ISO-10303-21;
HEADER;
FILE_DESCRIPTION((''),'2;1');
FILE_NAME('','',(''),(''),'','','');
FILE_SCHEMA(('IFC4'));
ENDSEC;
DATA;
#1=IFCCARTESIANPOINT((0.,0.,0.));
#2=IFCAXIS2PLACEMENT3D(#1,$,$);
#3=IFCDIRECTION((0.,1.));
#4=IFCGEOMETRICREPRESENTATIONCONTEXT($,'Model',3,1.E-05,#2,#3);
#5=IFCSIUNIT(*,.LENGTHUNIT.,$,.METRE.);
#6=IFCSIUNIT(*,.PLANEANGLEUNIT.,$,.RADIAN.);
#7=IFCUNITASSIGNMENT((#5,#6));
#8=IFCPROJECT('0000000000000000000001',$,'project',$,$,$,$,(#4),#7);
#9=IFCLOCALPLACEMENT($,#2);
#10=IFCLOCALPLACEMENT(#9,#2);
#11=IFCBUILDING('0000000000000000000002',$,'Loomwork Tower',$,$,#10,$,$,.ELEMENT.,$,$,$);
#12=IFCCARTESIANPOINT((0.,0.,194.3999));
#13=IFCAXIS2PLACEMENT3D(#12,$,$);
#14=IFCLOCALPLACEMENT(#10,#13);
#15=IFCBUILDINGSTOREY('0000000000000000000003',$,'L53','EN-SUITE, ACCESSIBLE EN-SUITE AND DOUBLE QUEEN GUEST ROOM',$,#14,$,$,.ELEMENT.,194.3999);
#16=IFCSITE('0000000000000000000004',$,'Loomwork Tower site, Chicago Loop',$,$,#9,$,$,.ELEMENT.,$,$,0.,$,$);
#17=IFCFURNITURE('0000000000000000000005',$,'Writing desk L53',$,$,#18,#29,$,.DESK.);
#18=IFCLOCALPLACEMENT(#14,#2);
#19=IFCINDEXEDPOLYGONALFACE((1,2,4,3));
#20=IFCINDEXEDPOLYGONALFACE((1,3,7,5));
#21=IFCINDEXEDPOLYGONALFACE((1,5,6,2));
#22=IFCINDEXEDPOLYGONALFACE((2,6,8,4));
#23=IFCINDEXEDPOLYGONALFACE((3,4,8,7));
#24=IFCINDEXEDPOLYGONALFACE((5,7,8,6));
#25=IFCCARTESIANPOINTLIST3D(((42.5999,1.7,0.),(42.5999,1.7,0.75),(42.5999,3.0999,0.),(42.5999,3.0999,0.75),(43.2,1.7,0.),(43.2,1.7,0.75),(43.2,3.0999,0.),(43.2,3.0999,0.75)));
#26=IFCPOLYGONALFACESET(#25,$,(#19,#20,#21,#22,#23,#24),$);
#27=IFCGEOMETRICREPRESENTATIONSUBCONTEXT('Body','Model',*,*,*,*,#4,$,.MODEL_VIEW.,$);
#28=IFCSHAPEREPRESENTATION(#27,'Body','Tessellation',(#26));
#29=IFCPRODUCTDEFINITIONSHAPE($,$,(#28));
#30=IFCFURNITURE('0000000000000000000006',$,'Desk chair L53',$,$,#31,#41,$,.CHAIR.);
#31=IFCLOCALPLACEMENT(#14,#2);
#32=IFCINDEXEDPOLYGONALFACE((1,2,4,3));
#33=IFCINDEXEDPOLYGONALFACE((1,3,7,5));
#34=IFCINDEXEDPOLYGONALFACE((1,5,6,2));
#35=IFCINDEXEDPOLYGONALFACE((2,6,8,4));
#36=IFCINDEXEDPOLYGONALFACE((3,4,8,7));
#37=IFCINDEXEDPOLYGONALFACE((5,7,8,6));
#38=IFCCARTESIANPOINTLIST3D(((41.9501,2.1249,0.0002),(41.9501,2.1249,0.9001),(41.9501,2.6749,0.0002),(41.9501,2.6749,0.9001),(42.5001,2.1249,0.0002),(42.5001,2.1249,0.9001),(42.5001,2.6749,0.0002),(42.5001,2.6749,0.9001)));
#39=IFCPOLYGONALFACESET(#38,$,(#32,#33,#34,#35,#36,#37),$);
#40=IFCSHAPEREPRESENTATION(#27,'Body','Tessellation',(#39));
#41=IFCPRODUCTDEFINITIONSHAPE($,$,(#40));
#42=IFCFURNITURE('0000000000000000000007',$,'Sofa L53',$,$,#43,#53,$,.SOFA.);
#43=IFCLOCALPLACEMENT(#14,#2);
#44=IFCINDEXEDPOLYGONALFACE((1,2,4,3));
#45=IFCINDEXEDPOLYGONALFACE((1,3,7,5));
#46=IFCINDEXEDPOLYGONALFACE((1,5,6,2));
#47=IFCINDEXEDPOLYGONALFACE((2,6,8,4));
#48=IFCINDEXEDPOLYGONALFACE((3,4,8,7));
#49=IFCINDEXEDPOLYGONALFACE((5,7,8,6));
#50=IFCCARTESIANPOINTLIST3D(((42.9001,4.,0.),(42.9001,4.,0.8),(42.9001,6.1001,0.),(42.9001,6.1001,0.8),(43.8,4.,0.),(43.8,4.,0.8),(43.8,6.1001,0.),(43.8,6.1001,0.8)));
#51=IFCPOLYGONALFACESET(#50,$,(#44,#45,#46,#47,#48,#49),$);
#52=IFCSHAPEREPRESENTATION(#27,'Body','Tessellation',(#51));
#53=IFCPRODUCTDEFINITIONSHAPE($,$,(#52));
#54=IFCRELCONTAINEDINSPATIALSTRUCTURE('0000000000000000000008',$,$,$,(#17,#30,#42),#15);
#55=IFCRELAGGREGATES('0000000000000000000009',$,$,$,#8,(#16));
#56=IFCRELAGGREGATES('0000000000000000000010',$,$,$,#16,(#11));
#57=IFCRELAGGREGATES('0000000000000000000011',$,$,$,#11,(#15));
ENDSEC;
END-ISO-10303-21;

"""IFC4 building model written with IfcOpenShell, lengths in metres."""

from ifc_helpers import new_model, si_unit, direction, frame, origin, origin_2d, place, context, subcontext, project, spatial, rectangle, extrude, element, save


model = new_model("IFC4")

# Units and contexts
model_context = context("Model", 3, precision=1e-05, world=origin(), true_north=direction((0.0, 1.0)))
body_context = subcontext(model_context, "Body", "Model", "MODEL_VIEW")
ifc_project = project(units=[si_unit("LENGTHUNIT", "METRE"), si_unit("PLANEANGLEUNIT", "RADIAN")], contexts=[model_context])

# Site, building, storey
site_placement = place(None, origin())
site = spatial("IfcSite", under=ifc_project, at=site_placement, Name="Loomwork Tower site, Chicago Loop", CompositionType="ELEMENT", RefElevation=0.0)
building_placement = place(site_placement, origin())
building = spatial("IfcBuilding", under=site, at=building_placement, Name="Loomwork Tower", CompositionType="ELEMENT")
storey_placement = place(building_placement, frame((0.0, 0.0, 194.3999)))
storey = spatial("IfcBuildingStorey", under=building, at=storey_placement, Name="L53", Description="EN-SUITE, ACCESSIBLE EN-SUITE AND DOUBLE QUEEN GUEST ROOM", CompositionType="ELEMENT", Elevation=194.3999)

# Furniture
furniture_1_placement = place(storey_placement, frame((42.8999, 2.3999, 0.0), z_axis=(0.0, 0.0, 1.0), x_axis=(1.0, 0.0, 0.0)))
element("IfcFurniture", 1, at=furniture_1_placement, inside=storey, Name="Writing desk L53", PredefinedType="DESK", context=body_context, shape_type="SweptSolid", body=[
    extrude(rectangle(XDim=0.6001, YDim=1.3999, at=origin_2d()), origin(), (0.0, 0.0, 1.0), 0.75),
])
furniture_2_placement = place(storey_placement, frame((42.2251, 2.3999, 0.0002), z_axis=(0.0, 0.0, 1.0), x_axis=(1.0, 0.0, 0.0)))
element("IfcFurniture", 2, at=furniture_2_placement, inside=storey, Name="Desk chair L53", PredefinedType="CHAIR", context=body_context, shape_type="SweptSolid", body=[
    extrude(rectangle(XDim=0.55, YDim=0.55, at=origin_2d()), origin(), (0.0, 0.0, 1.0), 0.8999),
])
furniture_3_placement = place(storey_placement, frame((43.3501, 5.05, 0.0), z_axis=(0.0, 0.0, 1.0), x_axis=(1.0, 0.0, 0.0)))
element("IfcFurniture", 3, at=furniture_3_placement, inside=storey, Name="Sofa L53", PredefinedType="SOFA", context=body_context, shape_type="SweptSolid", body=[
    extrude(rectangle(XDim=0.8999, YDim=2.1001, at=origin_2d()), origin(), (0.0, 0.0, 1.0), 0.8),
])

save(model, "model.ifc")
